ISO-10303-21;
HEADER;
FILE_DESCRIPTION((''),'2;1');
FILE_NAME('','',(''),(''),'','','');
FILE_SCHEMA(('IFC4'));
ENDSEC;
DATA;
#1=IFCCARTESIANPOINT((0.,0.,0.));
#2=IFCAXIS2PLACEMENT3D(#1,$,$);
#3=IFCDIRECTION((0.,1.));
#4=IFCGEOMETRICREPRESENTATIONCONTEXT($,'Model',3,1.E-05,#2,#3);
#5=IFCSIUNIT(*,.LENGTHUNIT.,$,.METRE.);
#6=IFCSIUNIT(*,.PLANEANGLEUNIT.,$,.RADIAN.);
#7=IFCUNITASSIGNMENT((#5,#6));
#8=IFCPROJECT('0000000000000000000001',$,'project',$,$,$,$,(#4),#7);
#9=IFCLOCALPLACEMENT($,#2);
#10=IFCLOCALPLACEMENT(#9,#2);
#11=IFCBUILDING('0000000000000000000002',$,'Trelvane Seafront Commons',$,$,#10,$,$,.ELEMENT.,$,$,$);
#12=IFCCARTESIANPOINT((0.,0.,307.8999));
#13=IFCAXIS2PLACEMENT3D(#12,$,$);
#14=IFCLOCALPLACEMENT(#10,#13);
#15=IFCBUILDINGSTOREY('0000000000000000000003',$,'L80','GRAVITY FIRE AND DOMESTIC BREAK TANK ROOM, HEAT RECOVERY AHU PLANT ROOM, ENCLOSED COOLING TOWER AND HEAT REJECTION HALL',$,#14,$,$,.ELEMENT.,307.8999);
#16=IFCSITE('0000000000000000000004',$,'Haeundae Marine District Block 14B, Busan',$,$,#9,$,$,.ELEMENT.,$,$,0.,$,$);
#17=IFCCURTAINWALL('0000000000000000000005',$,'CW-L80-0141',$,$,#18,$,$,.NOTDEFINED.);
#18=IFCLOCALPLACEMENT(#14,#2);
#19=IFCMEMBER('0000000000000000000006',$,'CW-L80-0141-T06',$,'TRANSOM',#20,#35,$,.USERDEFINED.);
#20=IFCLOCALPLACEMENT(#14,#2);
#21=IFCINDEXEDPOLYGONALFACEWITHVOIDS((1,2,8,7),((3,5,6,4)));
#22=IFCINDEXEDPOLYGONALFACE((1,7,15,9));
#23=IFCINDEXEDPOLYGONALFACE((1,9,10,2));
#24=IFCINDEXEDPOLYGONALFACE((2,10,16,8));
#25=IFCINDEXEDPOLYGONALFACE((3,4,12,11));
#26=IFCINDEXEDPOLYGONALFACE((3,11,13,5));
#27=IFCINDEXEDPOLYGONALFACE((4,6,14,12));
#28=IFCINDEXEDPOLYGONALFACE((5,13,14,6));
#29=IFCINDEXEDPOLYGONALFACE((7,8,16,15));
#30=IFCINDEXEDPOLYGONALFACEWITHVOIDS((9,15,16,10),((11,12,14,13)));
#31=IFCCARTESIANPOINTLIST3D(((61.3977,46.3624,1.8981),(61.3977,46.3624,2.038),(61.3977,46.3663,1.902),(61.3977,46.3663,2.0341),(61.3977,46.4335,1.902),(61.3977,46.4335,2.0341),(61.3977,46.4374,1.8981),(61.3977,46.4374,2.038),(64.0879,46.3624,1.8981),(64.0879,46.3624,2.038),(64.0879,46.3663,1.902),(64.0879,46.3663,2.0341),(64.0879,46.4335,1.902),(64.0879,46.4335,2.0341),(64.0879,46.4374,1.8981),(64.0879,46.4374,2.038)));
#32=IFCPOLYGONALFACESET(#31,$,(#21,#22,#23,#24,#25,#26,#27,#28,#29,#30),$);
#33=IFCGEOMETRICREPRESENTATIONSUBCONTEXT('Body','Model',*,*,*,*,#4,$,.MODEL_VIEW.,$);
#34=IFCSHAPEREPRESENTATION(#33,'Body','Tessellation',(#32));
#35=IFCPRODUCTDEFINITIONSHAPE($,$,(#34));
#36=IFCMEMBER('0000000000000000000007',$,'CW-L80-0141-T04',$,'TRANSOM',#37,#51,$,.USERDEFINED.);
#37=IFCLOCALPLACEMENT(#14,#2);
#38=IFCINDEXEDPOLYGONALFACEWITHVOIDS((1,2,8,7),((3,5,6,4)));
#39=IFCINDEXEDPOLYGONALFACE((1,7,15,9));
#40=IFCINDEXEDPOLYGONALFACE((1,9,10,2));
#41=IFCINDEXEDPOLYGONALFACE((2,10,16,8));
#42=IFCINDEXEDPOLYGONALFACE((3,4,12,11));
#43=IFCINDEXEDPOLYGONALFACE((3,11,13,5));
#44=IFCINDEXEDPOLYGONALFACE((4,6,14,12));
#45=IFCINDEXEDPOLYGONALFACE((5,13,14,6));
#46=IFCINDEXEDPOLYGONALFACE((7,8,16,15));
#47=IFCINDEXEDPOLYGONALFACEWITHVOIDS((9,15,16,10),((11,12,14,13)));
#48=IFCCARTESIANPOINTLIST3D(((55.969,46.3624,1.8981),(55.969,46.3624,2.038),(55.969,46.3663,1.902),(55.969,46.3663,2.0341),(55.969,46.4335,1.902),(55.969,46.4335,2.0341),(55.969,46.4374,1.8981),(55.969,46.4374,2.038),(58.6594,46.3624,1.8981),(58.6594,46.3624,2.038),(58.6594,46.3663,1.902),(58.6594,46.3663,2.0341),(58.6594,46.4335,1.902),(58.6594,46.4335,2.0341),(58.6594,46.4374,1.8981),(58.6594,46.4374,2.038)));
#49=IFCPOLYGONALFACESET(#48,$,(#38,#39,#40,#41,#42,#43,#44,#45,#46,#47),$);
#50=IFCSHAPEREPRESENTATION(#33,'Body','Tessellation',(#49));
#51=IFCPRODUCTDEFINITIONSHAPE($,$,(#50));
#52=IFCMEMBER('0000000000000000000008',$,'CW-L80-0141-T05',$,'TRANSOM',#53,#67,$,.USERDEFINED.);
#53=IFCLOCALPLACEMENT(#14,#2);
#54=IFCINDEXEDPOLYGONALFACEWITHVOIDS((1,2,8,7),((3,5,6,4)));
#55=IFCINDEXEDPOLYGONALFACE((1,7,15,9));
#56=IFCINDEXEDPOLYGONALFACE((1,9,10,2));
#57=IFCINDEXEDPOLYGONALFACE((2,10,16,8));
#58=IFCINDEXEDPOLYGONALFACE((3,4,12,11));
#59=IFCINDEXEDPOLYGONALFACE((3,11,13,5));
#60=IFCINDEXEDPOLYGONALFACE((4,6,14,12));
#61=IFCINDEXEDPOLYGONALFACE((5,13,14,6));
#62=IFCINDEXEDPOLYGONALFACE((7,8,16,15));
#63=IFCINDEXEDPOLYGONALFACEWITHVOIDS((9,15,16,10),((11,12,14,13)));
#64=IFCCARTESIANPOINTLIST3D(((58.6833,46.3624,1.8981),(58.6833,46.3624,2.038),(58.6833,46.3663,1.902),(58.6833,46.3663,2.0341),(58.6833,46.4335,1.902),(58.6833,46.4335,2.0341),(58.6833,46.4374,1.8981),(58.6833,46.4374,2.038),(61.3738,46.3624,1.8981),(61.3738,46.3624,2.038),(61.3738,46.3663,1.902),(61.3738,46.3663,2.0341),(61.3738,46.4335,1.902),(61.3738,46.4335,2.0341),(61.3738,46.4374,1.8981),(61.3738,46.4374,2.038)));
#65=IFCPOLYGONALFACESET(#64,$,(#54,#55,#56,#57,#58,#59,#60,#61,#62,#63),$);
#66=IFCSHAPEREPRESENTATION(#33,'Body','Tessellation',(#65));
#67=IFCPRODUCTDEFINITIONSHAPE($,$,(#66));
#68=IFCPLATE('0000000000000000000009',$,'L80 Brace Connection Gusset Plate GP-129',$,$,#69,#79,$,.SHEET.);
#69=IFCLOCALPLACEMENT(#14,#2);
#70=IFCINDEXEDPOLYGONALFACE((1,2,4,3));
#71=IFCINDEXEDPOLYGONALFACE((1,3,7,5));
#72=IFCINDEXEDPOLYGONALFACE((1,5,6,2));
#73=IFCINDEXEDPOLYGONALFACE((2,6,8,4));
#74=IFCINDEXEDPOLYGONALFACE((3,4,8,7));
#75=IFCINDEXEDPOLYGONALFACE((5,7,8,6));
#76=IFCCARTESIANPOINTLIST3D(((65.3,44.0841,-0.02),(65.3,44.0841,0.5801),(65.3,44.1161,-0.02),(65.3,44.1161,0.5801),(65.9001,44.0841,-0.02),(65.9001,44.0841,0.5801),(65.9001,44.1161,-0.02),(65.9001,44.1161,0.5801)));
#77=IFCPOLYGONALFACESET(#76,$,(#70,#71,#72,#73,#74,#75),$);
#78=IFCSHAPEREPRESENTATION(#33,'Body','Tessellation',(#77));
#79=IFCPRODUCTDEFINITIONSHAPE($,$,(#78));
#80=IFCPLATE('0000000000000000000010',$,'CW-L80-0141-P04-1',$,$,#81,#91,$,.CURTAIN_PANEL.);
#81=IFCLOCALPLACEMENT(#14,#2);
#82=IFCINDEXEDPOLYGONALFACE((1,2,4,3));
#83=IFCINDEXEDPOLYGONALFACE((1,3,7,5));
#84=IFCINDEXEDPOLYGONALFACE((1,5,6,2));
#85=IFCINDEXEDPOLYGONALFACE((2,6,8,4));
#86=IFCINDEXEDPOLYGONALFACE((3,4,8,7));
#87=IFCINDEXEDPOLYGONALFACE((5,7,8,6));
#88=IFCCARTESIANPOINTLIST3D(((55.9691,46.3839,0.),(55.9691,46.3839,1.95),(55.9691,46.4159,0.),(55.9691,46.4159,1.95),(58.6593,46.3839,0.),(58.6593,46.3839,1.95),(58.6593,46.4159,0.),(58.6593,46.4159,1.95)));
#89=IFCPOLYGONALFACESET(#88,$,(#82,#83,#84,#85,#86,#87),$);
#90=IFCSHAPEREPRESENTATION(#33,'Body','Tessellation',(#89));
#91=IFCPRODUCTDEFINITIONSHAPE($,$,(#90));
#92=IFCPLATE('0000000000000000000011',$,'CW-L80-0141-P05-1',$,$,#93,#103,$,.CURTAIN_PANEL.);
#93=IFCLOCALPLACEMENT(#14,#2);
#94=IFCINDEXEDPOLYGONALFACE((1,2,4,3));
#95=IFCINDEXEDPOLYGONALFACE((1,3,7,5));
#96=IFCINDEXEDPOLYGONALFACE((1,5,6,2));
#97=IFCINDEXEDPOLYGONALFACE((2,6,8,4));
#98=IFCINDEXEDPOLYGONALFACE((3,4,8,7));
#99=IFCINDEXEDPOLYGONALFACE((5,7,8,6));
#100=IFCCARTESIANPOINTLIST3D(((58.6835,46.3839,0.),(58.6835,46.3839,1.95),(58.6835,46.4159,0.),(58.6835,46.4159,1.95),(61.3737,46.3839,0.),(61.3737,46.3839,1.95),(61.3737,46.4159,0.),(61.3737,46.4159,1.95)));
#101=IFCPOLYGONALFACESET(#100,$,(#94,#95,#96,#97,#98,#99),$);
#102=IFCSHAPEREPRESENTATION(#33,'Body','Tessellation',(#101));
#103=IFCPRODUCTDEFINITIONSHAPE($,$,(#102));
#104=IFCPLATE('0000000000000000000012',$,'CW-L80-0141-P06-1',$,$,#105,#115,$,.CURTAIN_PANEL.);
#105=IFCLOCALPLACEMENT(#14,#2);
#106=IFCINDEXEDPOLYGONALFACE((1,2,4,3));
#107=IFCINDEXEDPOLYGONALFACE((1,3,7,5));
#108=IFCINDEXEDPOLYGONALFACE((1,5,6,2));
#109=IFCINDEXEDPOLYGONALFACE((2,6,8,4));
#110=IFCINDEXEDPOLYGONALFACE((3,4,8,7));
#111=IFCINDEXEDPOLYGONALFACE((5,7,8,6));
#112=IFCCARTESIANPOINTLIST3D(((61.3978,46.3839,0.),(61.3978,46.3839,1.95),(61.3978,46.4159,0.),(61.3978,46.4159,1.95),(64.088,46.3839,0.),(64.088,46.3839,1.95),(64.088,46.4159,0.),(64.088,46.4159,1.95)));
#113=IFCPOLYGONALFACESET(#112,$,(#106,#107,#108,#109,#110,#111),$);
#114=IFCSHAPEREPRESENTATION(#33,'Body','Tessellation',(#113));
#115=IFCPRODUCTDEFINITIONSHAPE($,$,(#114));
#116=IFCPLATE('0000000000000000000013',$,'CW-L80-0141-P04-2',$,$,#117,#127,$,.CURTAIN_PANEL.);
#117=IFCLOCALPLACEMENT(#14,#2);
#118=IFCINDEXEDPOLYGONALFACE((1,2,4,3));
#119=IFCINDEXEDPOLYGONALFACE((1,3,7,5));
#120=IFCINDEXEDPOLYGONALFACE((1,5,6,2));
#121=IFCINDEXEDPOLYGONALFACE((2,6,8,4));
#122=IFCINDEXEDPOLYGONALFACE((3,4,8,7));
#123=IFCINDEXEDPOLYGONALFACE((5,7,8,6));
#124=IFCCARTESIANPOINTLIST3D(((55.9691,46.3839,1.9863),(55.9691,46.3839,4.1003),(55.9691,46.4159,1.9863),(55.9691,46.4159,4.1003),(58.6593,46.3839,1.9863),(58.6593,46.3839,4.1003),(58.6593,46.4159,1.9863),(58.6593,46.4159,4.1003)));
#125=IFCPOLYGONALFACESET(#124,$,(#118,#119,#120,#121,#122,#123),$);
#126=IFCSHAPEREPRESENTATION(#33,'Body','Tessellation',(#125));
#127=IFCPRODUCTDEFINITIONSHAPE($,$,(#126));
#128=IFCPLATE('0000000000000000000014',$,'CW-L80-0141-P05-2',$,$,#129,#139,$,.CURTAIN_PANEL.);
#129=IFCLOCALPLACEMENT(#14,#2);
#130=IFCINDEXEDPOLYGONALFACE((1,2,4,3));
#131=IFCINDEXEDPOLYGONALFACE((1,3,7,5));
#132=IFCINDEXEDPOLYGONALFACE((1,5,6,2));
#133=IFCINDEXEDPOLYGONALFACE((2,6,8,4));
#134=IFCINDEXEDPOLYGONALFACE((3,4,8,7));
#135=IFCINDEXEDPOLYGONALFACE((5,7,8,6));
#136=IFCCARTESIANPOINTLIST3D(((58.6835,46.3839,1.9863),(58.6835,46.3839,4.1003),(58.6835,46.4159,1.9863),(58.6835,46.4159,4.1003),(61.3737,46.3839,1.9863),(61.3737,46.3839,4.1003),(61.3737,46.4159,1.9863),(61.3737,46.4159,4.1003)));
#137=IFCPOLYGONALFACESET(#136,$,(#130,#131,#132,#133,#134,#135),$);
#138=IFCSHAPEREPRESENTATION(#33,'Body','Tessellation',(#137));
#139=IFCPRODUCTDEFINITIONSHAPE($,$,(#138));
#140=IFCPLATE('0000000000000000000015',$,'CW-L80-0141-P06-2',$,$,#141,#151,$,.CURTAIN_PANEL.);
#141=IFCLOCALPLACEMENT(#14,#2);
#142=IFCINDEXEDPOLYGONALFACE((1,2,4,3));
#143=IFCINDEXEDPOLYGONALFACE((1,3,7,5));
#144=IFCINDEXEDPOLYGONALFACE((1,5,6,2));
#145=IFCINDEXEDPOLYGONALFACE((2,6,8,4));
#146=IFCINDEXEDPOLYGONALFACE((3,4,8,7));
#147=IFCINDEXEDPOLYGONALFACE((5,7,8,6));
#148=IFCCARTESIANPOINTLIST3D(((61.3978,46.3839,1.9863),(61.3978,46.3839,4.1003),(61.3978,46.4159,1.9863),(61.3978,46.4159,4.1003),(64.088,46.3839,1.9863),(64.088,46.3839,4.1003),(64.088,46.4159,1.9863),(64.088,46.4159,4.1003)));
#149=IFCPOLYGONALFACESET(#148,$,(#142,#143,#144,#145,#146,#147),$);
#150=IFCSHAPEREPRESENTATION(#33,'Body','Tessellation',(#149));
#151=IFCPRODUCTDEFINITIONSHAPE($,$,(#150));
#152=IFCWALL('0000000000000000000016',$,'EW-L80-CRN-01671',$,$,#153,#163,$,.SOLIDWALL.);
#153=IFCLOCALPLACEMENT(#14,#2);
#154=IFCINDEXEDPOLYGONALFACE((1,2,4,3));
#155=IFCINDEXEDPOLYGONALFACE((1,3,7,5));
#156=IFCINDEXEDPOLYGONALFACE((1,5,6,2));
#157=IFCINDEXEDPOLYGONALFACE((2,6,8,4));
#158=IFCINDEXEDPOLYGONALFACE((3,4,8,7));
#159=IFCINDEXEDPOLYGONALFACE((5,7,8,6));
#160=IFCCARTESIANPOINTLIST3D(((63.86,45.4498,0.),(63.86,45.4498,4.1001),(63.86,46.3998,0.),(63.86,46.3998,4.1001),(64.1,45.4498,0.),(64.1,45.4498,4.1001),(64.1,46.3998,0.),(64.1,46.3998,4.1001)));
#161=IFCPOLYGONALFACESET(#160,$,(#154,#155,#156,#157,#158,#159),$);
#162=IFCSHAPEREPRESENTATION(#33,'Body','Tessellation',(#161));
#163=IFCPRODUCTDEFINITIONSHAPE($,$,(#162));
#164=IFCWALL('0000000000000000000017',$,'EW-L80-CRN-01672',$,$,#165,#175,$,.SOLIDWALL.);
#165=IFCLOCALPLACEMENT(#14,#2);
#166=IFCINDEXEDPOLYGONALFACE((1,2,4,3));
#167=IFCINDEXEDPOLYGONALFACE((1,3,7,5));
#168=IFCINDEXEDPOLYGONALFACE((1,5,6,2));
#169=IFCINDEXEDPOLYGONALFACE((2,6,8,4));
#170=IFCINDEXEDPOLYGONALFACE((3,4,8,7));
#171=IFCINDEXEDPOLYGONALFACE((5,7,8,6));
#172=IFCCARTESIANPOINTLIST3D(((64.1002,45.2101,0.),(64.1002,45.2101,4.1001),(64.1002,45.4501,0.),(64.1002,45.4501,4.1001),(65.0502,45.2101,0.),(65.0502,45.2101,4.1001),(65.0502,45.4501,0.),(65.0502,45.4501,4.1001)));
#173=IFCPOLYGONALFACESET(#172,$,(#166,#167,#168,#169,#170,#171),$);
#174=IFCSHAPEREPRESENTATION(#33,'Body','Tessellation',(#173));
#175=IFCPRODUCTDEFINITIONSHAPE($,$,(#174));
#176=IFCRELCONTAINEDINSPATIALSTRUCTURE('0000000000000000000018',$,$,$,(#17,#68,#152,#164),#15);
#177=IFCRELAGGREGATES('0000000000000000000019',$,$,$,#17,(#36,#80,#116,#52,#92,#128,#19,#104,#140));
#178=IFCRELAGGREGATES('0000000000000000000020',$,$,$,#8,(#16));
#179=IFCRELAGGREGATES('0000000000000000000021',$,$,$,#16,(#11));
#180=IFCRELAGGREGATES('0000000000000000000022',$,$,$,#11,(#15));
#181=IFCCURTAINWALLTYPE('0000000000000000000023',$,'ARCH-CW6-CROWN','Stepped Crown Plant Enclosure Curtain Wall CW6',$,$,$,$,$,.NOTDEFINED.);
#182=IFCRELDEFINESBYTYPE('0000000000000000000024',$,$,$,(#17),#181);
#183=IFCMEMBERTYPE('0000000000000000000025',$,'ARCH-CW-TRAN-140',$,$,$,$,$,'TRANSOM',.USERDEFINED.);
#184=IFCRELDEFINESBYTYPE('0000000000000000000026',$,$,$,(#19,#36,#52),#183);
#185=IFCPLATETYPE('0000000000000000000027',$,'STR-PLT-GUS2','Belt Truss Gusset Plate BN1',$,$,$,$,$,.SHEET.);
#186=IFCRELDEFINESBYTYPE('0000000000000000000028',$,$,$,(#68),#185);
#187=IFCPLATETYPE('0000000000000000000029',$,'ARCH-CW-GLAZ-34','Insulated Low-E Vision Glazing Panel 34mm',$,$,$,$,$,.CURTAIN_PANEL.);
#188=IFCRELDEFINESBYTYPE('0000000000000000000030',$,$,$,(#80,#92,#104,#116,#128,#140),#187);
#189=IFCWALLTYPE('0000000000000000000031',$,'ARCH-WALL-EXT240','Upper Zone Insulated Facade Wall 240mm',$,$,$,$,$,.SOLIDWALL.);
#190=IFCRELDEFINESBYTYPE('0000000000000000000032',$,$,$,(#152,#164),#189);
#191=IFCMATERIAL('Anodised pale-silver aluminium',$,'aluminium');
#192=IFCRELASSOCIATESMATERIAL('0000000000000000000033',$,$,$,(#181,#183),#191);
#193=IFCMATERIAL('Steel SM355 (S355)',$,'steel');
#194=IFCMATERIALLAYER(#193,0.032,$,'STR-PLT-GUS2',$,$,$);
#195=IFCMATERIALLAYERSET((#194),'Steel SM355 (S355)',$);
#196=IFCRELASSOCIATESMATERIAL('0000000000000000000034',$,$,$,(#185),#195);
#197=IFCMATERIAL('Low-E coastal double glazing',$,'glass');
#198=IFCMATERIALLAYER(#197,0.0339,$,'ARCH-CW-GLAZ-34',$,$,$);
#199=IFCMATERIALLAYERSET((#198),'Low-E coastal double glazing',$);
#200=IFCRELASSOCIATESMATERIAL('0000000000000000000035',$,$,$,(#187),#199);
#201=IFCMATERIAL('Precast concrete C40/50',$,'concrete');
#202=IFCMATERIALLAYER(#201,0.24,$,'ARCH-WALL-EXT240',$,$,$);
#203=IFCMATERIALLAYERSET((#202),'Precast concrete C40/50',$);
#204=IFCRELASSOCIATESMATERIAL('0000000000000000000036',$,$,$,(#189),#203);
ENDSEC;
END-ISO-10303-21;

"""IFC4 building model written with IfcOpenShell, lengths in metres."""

from ifc_helpers import new_model, si_unit, direction, frame, frame_2d, origin, origin_2d, place, context, subcontext, project, spatial, rectangle, hollow_rectangle, extrude, source, transform, mapped, material, layer, layer_set, material_profile, profile_set, type_object, element, aggregate, save


model = new_model("IFC4")

# Units and contexts
model_context = context("Model", 3, precision=1e-05, world=origin(), true_north=direction((0.0, 1.0)))
body_context = subcontext(model_context, "Body", "Model", "MODEL_VIEW")
ifc_project = project(units=[si_unit("LENGTHUNIT", "METRE"), si_unit("PLANEANGLEUNIT", "RADIAN")], contexts=[model_context])

# Site, building, storey
site_placement = place(None, origin())
site = spatial("IfcSite", under=ifc_project, at=site_placement, Name="Haeundae Marine District Block 14B, Busan", CompositionType="ELEMENT", RefElevation=0.0)
building_placement = place(site_placement, origin())
building = spatial("IfcBuilding", under=site, at=building_placement, Name="Trelvane Seafront Commons", CompositionType="ELEMENT")
storey_placement = place(building_placement, frame((0.0, 0.0, 307.8999)))
storey = spatial("IfcBuildingStorey", under=building, at=storey_placement, Name="L80", Description="GRAVITY FIRE AND DOMESTIC BREAK TANK ROOM, HEAT RECOVERY AHU PLANT ROOM, ENCLOSED COOLING TOWER AND HEAT REJECTION HALL", CompositionType="ELEMENT", Elevation=307.8999)

# Shared definitions
ifc_material_1 = material(Name="Steel SM355 (S355)", Category="steel")

# Curtain wall
ifc_material_2 = material(Name="Anodised pale-silver aluminium", Category="aluminium")
curtain_wall_type = type_object("IfcCurtainWallType", Name="ARCH-CW6-CROWN", Description="Stepped Crown Plant Enclosure Curtain Wall CW6", PredefinedType="NOTDEFINED", material=ifc_material_2)
curtain_wall_1_placement = place(storey_placement, origin())
curtain_wall_1 = element("IfcCurtainWall", 1, at=curtain_wall_1_placement, inside=storey, type_object=curtain_wall_type, Name="CW-L80-0141", PredefinedType="NOTDEFINED")
ifc_material_profile_1 = material_profile(ifc_material_2, hollow_rectangle(XDim=0.075, YDim=0.1399, WallThickness=0.0039, at=origin_2d()), Name="TRAN-75x140x4")
ifc_profile_set_1 = profile_set([ifc_material_profile_1], Name="Anodised pale-silver aluminium")
member_type_1 = type_object("IfcMemberType", Name="ARCH-CW-TRAN-140", ElementType="TRANSOM", PredefinedType="USERDEFINED", material=ifc_profile_set_1)

# Members
shared_shape_1 = source(origin(), body_context, "Body", "SweptSolid", [
    extrude(hollow_rectangle(XDim=0.075, YDim=0.1399, WallThickness=0.0039, at=origin_2d()), origin(), (0.0, 0.0, 1.0), 2.6902),
])
member_1_placement = place(storey_placement, frame((61.3977, 46.3999, 1.968), z_axis=(1.0, 0.0, 0.0), x_axis=(0.0, 1.0, 0.0)))
member_1 = element("IfcMember", 2, at=member_1_placement, type_object=member_type_1, Name="CW-L80-0141-T06", ObjectType="TRANSOM", PredefinedType="USERDEFINED", context=body_context, shape_type="MappedRepresentation", body=[
    mapped(shared_shape_1, transform((0.0, 0.0, 0.0), x_axis=(1.0, 0.0, 0.0), y_axis=(0.0, 1.0, 0.0), z_axis=(0.0, 0.0, 1.0), scale=1.0)),
])
shared_shape_2 = source(origin(), body_context, "Body", "SweptSolid", [
    extrude(hollow_rectangle(XDim=0.075, YDim=0.1399, WallThickness=0.0039, at=origin_2d()), origin(), (0.0, 0.0, 1.0), 2.6904),
])
member_2_placement = place(storey_placement, frame((55.969, 46.3999, 1.968), z_axis=(1.0, 0.0, 0.0), x_axis=(0.0, 1.0, 0.0)))
member_2 = element("IfcMember", 3, at=member_2_placement, type_object=member_type_1, Name="CW-L80-0141-T04", ObjectType="TRANSOM", PredefinedType="USERDEFINED", context=body_context, shape_type="MappedRepresentation", body=[
    mapped(shared_shape_2, transform((0.0, 0.0, 0.0), x_axis=(1.0, 0.0, 0.0), y_axis=(0.0, 1.0, 0.0), z_axis=(0.0, 0.0, 1.0), scale=1.0)),
])
member_3_placement = place(storey_placement, frame((58.6833, 46.3999, 1.968), z_axis=(1.0, 0.0, 0.0), x_axis=(0.0, 1.0, 0.0)))
member_3 = element("IfcMember", 4, at=member_3_placement, type_object=member_type_1, Name="CW-L80-0141-T05", ObjectType="TRANSOM", PredefinedType="USERDEFINED", context=body_context, shape_type="MappedRepresentation", body=[
    mapped(shared_shape_2, transform((0.0, 0.0, 0.0), x_axis=(1.0, 0.0, 0.0), y_axis=(0.0, 1.0, 0.0), z_axis=(0.0, 0.0, 1.0), scale=1.0)),
])

# Plates
ifc_layer_1 = layer(ifc_material_1, 0.032, Name="STR-PLT-GUS2")
ifc_layer_set_1 = layer_set([ifc_layer_1], Name="Steel SM355 (S355)")
plate_type_1 = type_object("IfcPlateType", Name="STR-PLT-GUS2", Description="Belt Truss Gusset Plate BN1", PredefinedType="SHEET", material=ifc_layer_set_1)
shared_shape_3 = source(origin(), body_context, "Body", "SweptSolid", [
    extrude(rectangle(XDim=0.6001, YDim=0.032, at=origin_2d()), origin(), (0.0, 0.0, 1.0), 0.6001),
])
plate_1_placement = place(storey_placement, frame((65.6001, 44.1001, -0.02), z_axis=(0.0, 0.0, 1.0), x_axis=(1.0, 0.0, 0.0)))
element("IfcPlate", 5, at=plate_1_placement, inside=storey, type_object=plate_type_1, Name="L80 Brace Connection Gusset Plate GP-129", PredefinedType="SHEET", context=body_context, shape_type="MappedRepresentation", body=[
    mapped(shared_shape_3, transform((0.0, 0.0, 0.0), x_axis=(1.0, 0.0, 0.0), y_axis=(0.0, 1.0, 0.0), z_axis=(0.0, 0.0, 1.0), scale=1.0)),
])
ifc_material_3 = material(Name="Low-E coastal double glazing", Category="glass")
ifc_layer_2 = layer(ifc_material_3, 0.0339, Name="ARCH-CW-GLAZ-34")
ifc_layer_set_2 = layer_set([ifc_layer_2], Name="Low-E coastal double glazing")
plate_type_2 = type_object("IfcPlateType", Name="ARCH-CW-GLAZ-34", Description="Insulated Low-E Vision Glazing Panel 34mm", PredefinedType="CURTAIN_PANEL", material=ifc_layer_set_2)
shared_shape_4 = source(origin(), body_context, "Body", "SweptSolid", [
    extrude(rectangle(XDim=2.6902, YDim=0.032, at=origin_2d()), origin(), (0.0, 0.0, 1.0), 1.95),
])
plate_2_placement = place(storey_placement, frame((57.3142, 46.3999, 0.0), z_axis=(0.0, 0.0, 1.0), x_axis=(1.0, 0.0, 0.0)))
plate_2 = element("IfcPlate", 6, at=plate_2_placement, type_object=plate_type_2, Name="CW-L80-0141-P04-1", PredefinedType="CURTAIN_PANEL", context=body_context, shape_type="MappedRepresentation", body=[
    mapped(shared_shape_4, transform((0.0, 0.0, 0.0), x_axis=(1.0, 0.0, 0.0), y_axis=(0.0, 1.0, 0.0), z_axis=(0.0, 0.0, 1.0), scale=1.0)),
])
plate_3_placement = place(storey_placement, frame((60.0286, 46.3999, 0.0), z_axis=(0.0, 0.0, 1.0), x_axis=(1.0, 0.0, 0.0)))
plate_3 = element("IfcPlate", 7, at=plate_3_placement, type_object=plate_type_2, Name="CW-L80-0141-P05-1", PredefinedType="CURTAIN_PANEL", context=body_context, shape_type="MappedRepresentation", body=[
    mapped(shared_shape_4, transform((0.0, 0.0, 0.0), x_axis=(1.0, 0.0, 0.0), y_axis=(0.0, 1.0, 0.0), z_axis=(0.0, 0.0, 1.0), scale=1.0)),
])
plate_4_placement = place(storey_placement, frame((62.7429, 46.3999, 0.0), z_axis=(0.0, 0.0, 1.0), x_axis=(1.0, 0.0, 0.0)))
plate_4 = element("IfcPlate", 8, at=plate_4_placement, type_object=plate_type_2, Name="CW-L80-0141-P06-1", PredefinedType="CURTAIN_PANEL", context=body_context, shape_type="MappedRepresentation", body=[
    mapped(shared_shape_4, transform((0.0, 0.0, 0.0), x_axis=(1.0, 0.0, 0.0), y_axis=(0.0, 1.0, 0.0), z_axis=(0.0, 0.0, 1.0), scale=1.0)),
])
shared_shape_5 = source(origin(), body_context, "Body", "SweptSolid", [
    extrude(rectangle(XDim=2.6902, YDim=0.032, at=origin_2d()), origin(), (0.0, 0.0, 1.0), 2.114),
])
plate_5_placement = place(storey_placement, frame((57.3142, 46.3999, 1.9863), z_axis=(0.0, 0.0, 1.0), x_axis=(1.0, 0.0, 0.0)))
plate_5 = element("IfcPlate", 9, at=plate_5_placement, type_object=plate_type_2, Name="CW-L80-0141-P04-2", PredefinedType="CURTAIN_PANEL", context=body_context, shape_type="MappedRepresentation", body=[
    mapped(shared_shape_5, transform((0.0, 0.0, 0.0), x_axis=(1.0, 0.0, 0.0), y_axis=(0.0, 1.0, 0.0), z_axis=(0.0, 0.0, 1.0), scale=1.0)),
])
plate_6_placement = place(storey_placement, frame((60.0286, 46.3999, 1.9863), z_axis=(0.0, 0.0, 1.0), x_axis=(1.0, 0.0, 0.0)))
plate_6 = element("IfcPlate", 10, at=plate_6_placement, type_object=plate_type_2, Name="CW-L80-0141-P05-2", PredefinedType="CURTAIN_PANEL", context=body_context, shape_type="MappedRepresentation", body=[
    mapped(shared_shape_5, transform((0.0, 0.0, 0.0), x_axis=(1.0, 0.0, 0.0), y_axis=(0.0, 1.0, 0.0), z_axis=(0.0, 0.0, 1.0), scale=1.0)),
])
plate_7_placement = place(storey_placement, frame((62.7429, 46.3999, 1.9863), z_axis=(0.0, 0.0, 1.0), x_axis=(1.0, 0.0, 0.0)))
plate_7 = element("IfcPlate", 11, at=plate_7_placement, type_object=plate_type_2, Name="CW-L80-0141-P06-2", PredefinedType="CURTAIN_PANEL", context=body_context, shape_type="MappedRepresentation", body=[
    mapped(shared_shape_5, transform((0.0, 0.0, 0.0), x_axis=(1.0, 0.0, 0.0), y_axis=(0.0, 1.0, 0.0), z_axis=(0.0, 0.0, 1.0), scale=1.0)),
])
aggregate(curtain_wall_1, [member_2, plate_2, plate_5, member_3, plate_3, plate_6, member_1, plate_4, plate_7])

# Walls
ifc_material_4 = material(Name="Precast concrete C40/50", Category="concrete")
ifc_layer_3 = layer(ifc_material_4, 0.24, Name="ARCH-WALL-EXT240")
ifc_layer_set_3 = layer_set([ifc_layer_3], Name="Precast concrete C40/50")
wall_type = type_object("IfcWallType", Name="ARCH-WALL-EXT240", Description="Upper Zone Insulated Facade Wall 240mm", PredefinedType="SOLIDWALL", material=ifc_layer_set_3)
for number, where, z_axis, x_axis, name in (
    (12, (63.98, 46.3999, 0.0), (0.0, 0.0, 1.0), (0.0, -1.0, 0.0), "EW-L80-CRN-01671"),
    (13, (64.1001, 45.3301, 0.0), (0.0, 0.0, 1.0), (1.0, 0.0, 0.0), "EW-L80-CRN-01672"),
):
    element("IfcWall", number, at=place(storey_placement, frame(where, z_axis=z_axis, x_axis=x_axis)), inside=storey, type_object=wall_type, Name=name, PredefinedType="SOLIDWALL", context=body_context, shape_type="SweptSolid", body=[
        extrude(rectangle(XDim=0.95, YDim=0.24, at=frame_2d((0.4751, 0.0))), origin(), (0.0, 0.0, 1.0), 4.1001),
    ])

save(model, "model.ifc")
